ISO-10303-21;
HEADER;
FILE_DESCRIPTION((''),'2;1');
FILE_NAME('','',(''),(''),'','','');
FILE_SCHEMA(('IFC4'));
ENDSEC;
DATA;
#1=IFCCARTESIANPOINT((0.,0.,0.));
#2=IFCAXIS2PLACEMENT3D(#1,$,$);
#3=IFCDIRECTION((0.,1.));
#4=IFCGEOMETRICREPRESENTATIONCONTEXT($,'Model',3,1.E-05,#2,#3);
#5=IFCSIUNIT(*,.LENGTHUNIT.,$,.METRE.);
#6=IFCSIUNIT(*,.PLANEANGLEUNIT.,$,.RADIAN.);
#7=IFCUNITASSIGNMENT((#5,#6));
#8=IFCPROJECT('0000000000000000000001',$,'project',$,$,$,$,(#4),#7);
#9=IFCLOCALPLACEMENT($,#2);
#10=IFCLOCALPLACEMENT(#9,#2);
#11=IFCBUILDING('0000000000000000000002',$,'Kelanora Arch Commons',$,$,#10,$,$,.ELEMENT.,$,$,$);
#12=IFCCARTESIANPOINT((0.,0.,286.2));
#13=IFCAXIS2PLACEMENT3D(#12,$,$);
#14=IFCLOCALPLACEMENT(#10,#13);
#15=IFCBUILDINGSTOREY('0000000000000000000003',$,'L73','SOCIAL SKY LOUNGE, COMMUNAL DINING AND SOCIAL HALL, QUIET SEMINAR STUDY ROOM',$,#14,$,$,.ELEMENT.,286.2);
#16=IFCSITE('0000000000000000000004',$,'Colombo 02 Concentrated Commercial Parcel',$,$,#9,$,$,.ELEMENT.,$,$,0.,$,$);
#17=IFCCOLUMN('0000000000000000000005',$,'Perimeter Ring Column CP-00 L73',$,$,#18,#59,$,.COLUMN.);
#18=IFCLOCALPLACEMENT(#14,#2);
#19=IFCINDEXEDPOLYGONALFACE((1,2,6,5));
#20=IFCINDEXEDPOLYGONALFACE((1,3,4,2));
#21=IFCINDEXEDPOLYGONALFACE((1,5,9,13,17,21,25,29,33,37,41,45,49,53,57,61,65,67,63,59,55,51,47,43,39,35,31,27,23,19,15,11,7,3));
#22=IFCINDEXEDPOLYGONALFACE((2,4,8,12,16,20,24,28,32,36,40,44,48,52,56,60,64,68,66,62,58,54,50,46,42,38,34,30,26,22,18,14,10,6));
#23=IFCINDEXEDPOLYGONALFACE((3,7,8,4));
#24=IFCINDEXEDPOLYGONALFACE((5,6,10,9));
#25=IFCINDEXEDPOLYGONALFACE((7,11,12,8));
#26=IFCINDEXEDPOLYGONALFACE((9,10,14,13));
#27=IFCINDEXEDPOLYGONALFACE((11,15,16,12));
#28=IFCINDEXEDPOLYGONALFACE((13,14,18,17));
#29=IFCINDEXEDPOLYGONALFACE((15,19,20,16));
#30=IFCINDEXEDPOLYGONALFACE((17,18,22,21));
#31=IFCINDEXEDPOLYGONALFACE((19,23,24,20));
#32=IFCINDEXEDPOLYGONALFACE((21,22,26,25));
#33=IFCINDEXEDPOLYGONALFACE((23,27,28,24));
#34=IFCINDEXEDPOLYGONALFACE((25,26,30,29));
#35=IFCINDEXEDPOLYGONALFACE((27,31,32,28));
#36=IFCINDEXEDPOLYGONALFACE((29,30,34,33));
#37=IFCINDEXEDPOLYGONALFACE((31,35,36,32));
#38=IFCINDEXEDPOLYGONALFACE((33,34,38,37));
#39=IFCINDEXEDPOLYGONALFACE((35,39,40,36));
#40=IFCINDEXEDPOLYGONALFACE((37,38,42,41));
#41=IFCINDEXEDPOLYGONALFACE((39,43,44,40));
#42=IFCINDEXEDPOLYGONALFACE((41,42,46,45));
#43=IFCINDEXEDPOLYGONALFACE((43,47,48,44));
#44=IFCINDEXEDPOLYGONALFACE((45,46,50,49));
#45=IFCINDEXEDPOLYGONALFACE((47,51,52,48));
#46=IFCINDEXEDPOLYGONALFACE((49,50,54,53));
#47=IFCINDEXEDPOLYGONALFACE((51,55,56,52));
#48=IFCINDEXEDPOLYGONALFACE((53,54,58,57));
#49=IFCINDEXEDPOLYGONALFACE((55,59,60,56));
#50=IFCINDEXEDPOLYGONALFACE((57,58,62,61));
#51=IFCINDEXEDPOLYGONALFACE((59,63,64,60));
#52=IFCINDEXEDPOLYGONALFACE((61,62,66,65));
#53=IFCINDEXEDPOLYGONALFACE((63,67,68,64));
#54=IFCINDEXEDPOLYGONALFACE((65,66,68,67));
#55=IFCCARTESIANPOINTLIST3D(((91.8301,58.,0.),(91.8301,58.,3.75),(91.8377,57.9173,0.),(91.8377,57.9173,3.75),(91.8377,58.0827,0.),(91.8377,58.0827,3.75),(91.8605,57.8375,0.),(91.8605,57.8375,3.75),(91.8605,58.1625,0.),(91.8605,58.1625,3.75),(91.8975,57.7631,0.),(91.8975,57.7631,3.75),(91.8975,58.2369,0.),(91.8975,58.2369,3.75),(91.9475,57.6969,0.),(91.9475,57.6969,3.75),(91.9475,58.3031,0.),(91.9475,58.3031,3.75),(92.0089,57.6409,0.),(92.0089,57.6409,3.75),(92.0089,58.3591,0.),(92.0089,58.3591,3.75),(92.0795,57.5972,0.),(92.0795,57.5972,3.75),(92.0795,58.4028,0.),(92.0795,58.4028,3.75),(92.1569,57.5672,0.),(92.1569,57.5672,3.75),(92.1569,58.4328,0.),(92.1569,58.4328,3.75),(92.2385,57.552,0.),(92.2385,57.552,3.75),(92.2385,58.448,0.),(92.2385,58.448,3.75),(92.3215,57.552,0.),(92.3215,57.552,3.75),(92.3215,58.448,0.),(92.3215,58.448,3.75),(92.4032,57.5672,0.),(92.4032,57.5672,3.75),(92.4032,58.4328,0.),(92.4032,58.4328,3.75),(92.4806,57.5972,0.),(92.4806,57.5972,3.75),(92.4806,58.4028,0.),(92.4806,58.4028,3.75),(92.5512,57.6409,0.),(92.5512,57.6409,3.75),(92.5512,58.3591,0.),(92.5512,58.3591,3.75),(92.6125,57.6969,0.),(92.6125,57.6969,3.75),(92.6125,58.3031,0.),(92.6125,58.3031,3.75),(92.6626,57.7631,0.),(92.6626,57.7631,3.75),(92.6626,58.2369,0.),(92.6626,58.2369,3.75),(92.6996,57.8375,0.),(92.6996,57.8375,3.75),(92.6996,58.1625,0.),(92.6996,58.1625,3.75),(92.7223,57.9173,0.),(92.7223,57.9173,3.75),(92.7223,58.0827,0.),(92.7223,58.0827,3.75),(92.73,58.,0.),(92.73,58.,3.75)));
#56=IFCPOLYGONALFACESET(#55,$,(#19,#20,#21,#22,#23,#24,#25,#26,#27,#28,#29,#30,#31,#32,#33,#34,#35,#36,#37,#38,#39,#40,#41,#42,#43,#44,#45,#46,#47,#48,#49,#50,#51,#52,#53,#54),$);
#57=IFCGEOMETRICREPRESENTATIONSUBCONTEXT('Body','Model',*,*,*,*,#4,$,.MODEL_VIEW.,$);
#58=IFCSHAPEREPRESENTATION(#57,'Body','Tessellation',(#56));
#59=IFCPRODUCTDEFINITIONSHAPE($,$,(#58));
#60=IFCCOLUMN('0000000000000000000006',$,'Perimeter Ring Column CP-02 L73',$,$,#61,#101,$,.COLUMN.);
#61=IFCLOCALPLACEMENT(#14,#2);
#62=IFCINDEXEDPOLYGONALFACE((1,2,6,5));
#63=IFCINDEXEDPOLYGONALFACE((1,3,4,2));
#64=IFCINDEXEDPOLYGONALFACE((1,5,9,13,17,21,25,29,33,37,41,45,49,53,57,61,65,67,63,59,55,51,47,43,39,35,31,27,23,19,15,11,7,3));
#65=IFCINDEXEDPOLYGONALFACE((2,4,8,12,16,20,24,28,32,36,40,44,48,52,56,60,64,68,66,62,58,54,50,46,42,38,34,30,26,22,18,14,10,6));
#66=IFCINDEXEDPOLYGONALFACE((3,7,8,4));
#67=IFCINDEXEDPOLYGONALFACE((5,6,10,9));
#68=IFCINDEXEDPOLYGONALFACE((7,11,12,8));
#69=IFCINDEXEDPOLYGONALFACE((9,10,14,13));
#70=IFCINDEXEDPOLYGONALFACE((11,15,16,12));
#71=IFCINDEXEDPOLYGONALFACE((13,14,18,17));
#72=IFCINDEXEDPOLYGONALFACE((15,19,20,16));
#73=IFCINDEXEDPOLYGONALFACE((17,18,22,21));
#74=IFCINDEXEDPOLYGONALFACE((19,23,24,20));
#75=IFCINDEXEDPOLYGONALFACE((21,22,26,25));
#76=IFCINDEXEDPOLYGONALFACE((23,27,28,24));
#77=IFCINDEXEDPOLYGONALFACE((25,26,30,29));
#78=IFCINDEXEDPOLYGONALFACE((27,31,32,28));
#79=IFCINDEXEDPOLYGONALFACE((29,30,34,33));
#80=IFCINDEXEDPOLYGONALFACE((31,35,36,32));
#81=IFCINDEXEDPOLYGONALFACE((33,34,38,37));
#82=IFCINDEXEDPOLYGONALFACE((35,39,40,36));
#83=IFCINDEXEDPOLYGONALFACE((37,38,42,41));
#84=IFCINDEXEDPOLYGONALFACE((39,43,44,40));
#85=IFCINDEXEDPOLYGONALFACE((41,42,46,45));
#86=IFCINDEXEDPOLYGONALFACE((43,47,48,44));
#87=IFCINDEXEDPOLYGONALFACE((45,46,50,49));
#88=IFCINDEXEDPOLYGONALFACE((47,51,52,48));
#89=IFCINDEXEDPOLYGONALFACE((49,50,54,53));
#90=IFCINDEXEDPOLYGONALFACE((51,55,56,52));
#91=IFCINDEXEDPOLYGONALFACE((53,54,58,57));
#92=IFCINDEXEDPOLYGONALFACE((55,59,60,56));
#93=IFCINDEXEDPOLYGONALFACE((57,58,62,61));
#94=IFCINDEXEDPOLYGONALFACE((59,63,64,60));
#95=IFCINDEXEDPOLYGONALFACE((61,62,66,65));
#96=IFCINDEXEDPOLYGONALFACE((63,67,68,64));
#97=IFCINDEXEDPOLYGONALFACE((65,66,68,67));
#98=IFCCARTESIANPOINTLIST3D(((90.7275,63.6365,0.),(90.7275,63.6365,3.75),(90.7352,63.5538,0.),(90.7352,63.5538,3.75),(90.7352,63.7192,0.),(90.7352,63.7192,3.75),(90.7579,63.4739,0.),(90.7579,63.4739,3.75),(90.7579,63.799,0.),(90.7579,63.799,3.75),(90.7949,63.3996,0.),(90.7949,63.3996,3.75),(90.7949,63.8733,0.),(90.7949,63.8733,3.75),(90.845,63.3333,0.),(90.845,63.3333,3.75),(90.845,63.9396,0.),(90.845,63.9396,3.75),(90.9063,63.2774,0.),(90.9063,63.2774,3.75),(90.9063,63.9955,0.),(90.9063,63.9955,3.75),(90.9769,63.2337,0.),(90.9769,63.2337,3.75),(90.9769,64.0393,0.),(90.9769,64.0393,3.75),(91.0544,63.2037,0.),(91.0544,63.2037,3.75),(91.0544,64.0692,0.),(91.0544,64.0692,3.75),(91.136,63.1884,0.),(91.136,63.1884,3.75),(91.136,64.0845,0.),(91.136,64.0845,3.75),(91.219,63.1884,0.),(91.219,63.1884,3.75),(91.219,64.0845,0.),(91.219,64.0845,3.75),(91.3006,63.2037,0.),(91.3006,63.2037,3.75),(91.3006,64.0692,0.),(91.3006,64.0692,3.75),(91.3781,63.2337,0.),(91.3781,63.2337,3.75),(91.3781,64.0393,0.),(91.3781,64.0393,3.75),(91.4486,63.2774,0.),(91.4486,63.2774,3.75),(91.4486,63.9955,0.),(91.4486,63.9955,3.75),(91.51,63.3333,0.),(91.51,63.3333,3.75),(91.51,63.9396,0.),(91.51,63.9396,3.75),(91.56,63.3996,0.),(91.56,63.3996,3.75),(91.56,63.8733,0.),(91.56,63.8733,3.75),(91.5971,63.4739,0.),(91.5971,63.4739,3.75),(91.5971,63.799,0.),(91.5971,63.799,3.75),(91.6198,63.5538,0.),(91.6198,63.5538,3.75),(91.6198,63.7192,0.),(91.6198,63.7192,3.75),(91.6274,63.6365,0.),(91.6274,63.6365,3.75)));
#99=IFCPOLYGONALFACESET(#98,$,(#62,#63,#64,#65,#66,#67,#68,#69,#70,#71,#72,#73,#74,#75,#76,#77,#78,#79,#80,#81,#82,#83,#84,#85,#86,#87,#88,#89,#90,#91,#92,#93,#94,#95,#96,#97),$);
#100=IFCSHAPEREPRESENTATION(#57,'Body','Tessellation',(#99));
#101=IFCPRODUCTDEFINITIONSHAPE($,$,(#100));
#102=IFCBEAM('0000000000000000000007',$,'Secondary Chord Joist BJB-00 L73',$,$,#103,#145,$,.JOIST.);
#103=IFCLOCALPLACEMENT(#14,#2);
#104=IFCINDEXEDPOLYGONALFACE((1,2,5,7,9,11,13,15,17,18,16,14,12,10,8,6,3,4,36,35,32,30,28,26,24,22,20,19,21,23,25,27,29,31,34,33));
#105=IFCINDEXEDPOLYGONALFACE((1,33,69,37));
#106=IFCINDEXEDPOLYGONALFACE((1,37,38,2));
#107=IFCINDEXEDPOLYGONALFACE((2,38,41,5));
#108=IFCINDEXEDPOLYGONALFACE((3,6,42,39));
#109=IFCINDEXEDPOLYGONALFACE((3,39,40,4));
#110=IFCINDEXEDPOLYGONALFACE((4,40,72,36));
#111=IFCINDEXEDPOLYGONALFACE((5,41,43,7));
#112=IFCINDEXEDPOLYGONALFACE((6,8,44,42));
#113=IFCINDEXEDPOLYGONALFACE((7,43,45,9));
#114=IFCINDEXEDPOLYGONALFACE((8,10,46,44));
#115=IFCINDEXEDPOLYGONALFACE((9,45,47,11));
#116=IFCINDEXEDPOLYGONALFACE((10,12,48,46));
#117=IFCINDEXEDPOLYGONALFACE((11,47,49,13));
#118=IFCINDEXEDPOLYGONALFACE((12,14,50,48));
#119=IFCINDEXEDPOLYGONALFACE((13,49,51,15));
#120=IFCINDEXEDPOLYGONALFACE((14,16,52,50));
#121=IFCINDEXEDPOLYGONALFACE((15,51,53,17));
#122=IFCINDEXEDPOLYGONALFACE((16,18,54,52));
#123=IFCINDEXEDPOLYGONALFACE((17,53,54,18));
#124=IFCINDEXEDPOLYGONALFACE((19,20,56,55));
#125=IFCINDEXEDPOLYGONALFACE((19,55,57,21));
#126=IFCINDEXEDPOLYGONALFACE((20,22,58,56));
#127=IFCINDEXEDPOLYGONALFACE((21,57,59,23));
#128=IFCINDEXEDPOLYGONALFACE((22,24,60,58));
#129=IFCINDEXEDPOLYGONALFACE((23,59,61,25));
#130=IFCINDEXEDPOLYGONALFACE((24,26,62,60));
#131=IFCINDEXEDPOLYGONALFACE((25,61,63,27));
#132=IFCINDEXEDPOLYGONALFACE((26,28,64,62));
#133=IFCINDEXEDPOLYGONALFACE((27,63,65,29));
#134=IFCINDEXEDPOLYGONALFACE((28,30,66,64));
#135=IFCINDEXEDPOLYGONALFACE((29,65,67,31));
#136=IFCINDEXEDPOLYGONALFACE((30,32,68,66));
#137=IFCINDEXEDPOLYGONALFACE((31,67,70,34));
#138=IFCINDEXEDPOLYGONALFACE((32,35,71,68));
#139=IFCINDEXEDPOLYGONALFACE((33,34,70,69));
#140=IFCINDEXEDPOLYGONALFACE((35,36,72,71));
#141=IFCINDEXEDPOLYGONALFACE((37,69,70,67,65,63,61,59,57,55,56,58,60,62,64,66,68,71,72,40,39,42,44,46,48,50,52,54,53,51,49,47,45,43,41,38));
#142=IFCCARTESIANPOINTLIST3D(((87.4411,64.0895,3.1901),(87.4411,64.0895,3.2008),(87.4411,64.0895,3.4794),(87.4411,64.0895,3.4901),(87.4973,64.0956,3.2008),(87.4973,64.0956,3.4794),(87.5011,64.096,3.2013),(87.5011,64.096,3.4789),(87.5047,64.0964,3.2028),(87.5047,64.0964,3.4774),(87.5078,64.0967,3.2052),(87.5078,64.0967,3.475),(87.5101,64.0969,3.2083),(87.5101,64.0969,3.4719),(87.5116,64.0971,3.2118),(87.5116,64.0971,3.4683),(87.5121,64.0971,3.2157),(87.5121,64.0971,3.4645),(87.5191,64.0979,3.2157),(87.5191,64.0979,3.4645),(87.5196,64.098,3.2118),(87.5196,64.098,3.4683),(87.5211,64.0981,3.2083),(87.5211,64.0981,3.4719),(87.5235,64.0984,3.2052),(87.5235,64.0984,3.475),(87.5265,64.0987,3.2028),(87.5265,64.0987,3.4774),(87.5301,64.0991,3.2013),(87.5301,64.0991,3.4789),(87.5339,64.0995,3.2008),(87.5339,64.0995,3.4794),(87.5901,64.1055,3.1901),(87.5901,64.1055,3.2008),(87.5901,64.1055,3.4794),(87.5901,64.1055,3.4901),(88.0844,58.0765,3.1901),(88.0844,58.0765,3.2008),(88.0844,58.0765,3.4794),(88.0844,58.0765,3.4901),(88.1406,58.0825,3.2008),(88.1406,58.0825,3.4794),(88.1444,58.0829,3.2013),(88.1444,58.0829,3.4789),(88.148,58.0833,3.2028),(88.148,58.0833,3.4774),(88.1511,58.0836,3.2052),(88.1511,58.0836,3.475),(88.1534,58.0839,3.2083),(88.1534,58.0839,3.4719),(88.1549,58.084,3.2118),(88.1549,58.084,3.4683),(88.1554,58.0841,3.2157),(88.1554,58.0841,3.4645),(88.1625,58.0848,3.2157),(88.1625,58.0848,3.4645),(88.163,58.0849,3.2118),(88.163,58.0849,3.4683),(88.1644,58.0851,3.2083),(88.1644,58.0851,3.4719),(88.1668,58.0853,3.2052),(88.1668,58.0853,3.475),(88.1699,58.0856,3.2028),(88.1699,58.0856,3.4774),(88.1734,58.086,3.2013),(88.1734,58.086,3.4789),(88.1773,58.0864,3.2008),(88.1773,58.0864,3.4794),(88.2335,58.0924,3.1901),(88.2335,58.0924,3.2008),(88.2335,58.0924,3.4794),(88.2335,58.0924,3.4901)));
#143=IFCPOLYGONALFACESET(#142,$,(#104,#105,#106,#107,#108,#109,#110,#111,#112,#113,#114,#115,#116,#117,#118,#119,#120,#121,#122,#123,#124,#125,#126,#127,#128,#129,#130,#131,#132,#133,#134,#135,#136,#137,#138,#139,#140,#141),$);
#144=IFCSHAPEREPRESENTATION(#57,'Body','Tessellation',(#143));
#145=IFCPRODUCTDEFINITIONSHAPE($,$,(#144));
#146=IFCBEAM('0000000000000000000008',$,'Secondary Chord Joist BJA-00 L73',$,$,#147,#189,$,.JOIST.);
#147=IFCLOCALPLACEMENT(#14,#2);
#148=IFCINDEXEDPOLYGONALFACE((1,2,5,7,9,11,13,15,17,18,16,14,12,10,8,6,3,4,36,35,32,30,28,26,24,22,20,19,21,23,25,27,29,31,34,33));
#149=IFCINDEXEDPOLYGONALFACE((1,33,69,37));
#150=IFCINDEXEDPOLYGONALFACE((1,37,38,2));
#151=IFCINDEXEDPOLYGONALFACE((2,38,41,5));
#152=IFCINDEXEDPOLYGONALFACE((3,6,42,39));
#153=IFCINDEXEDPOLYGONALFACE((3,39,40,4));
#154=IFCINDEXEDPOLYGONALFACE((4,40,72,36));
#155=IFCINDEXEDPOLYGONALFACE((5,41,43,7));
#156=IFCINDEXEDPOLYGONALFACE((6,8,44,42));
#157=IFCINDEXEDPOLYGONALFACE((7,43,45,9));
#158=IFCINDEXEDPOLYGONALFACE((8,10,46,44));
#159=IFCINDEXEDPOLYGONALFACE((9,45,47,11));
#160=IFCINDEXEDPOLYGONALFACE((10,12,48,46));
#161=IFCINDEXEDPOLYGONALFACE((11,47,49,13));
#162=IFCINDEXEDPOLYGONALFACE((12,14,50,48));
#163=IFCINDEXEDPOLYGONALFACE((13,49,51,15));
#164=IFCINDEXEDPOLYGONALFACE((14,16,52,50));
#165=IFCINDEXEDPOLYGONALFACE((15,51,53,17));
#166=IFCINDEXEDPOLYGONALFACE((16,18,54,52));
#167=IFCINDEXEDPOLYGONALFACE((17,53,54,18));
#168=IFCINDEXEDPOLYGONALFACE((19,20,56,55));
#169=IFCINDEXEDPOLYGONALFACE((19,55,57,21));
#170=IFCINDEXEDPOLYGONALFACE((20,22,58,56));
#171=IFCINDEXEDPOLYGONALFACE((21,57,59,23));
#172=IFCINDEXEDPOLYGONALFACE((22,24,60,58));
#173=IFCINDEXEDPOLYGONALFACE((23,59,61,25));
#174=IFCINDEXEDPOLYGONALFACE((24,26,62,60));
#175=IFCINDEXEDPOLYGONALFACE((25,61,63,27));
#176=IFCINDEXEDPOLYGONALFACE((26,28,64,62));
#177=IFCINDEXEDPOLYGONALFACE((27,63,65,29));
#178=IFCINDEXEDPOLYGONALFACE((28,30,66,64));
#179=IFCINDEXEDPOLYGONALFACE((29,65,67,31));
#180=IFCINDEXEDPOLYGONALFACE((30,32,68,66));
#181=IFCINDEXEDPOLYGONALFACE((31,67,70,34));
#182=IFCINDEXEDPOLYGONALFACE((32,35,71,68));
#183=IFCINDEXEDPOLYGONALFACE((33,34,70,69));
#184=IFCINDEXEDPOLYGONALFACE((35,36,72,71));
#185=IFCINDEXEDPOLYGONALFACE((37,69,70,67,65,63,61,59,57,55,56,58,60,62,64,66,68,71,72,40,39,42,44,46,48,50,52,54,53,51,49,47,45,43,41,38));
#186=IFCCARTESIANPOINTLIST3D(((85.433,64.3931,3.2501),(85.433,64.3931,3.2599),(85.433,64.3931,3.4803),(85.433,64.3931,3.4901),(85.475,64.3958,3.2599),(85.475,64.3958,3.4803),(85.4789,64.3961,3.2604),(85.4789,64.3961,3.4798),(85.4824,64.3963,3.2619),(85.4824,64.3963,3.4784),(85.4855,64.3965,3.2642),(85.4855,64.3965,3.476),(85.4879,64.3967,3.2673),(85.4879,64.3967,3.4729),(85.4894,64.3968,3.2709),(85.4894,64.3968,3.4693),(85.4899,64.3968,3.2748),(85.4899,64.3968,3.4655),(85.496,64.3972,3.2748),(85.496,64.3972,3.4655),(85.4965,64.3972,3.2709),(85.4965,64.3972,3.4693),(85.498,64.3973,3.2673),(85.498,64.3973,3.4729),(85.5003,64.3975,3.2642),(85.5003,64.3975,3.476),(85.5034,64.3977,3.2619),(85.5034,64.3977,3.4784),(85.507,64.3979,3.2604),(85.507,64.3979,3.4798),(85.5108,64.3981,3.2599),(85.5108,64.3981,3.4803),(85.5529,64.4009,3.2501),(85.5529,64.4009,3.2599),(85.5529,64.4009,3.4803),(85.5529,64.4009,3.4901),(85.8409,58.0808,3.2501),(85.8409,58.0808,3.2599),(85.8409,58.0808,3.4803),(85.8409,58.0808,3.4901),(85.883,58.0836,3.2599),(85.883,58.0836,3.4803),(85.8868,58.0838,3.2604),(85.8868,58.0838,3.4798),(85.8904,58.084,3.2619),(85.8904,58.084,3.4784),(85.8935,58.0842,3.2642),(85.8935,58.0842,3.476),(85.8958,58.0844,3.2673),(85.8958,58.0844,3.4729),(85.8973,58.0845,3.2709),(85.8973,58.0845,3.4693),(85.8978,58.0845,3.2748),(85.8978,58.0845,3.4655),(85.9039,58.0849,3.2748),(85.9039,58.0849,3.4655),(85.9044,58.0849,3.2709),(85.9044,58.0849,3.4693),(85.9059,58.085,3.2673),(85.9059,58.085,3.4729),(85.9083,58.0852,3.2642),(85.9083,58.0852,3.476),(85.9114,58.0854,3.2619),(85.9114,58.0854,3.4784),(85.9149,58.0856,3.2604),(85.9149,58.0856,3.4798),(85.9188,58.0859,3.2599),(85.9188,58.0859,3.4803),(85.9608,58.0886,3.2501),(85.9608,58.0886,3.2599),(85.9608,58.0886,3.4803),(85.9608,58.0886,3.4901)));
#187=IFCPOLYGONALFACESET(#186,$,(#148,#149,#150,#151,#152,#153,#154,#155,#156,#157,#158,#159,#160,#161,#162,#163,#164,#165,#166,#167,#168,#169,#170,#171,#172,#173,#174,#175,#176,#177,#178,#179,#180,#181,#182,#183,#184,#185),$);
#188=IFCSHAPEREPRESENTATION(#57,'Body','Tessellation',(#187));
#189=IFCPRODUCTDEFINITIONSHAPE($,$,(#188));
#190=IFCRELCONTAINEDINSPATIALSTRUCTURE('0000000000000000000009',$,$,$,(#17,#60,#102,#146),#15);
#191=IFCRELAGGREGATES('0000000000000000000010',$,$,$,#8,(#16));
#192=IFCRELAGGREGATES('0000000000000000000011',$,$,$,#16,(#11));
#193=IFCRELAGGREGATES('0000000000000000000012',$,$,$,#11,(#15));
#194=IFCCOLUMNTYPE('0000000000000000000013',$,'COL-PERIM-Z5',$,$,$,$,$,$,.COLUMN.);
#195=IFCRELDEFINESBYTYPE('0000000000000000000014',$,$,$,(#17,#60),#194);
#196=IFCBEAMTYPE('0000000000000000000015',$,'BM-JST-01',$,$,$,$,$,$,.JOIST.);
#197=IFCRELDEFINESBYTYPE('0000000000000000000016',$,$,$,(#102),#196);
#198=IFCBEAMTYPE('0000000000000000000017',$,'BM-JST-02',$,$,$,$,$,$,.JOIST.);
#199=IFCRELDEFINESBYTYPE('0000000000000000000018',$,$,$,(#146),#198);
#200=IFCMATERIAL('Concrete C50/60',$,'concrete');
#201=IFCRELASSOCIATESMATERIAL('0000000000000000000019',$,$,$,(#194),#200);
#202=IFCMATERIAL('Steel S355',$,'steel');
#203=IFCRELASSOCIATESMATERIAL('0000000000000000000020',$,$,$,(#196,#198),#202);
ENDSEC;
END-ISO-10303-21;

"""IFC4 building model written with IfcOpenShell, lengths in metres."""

from ifc_helpers import new_model, si_unit, direction, frame, origin, origin_2d, place, context, subcontext, project, spatial, circle, i_section, extrude, material, material_profile, profile_set, type_object, element, save


model = new_model("IFC4")

# Units and contexts
model_context = context("Model", 3, precision=1e-05, world=origin(), true_north=direction((0.0, 1.0)))
body_context = subcontext(model_context, "Body", "Model", "MODEL_VIEW")
ifc_project = project(units=[si_unit("LENGTHUNIT", "METRE"), si_unit("PLANEANGLEUNIT", "RADIAN")], contexts=[model_context])

# Site, building, storey
site_placement = place(None, origin())
site = spatial("IfcSite", under=ifc_project, at=site_placement, Name="Colombo 02 Concentrated Commercial Parcel", CompositionType="ELEMENT", RefElevation=0.0)
building_placement = place(site_placement, origin())
building = spatial("IfcBuilding", under=site, at=building_placement, Name="Kelanora Arch Commons", CompositionType="ELEMENT")
storey_placement = place(building_placement, frame((0.0, 0.0, 286.2)))
storey = spatial("IfcBuildingStorey", under=building, at=storey_placement, Name="L73", Description="SOCIAL SKY LOUNGE, COMMUNAL DINING AND SOCIAL HALL, QUIET SEMINAR STUDY ROOM", CompositionType="ELEMENT", Elevation=286.2)

# Columns
ifc_material_1 = material(Name="Concrete C50/60", Category="concrete")
ifc_material_profile_1 = material_profile(ifc_material_1, circle(Radius=0.45, at=origin_2d()), Name="RCC900")
ifc_profile_set_1 = profile_set([ifc_material_profile_1], Name="Concrete C50/60")
column_type = type_object("IfcColumnType", Name="COL-PERIM-Z5", PredefinedType="COLUMN", material=ifc_profile_set_1)
for number, where, z_axis, x_axis, name in (
    (1, (92.28, 58.0, 0.0), (0.0, 0.0, 1.0), (1.0, 0.0, 0.0), "Perimeter Ring Column CP-00 L73"),
    (2, (91.1775, 63.6365, 0.0), (0.0, 0.0, 1.0), (1.0, 0.0, 0.0), "Perimeter Ring Column CP-02 L73"),
):
    element("IfcColumn", number, at=place(storey_placement, frame(where, z_axis=z_axis, x_axis=x_axis)), inside=storey, type_object=column_type, Name=name, PredefinedType="COLUMN", context=body_context, shape_type="SweptSolid", body=[
        extrude(circle(Radius=0.45, at=origin_2d()), origin(), (0.0, 0.0, 1.0), 3.75),
    ])

# Beams
ifc_material_2 = material(Name="Steel S355", Category="steel")
ifc_material_profile_2 = material_profile(ifc_material_2, i_section(OverallWidth=0.1499, OverallDepth=0.3, WebThickness=0.0071, FlangeThickness=0.0107, FilletRadius=0.0149, at=origin_2d()), Name="IPE300")
ifc_profile_set_2 = profile_set([ifc_material_profile_2], Name="Steel S355")
beam_type_1 = type_object("IfcBeamType", Name="BM-JST-01", PredefinedType="JOIST", material=ifc_profile_set_2)
beam_1_placement = place(storey_placement, frame((88.1589, 58.0845, 3.3401), z_axis=(-0.106381, 0.994325, 0.0), x_axis=(-0.994325, -0.106381, 0.0)))
element("IfcBeam", 3, at=beam_1_placement, inside=storey, type_object=beam_type_1, Name="Secondary Chord Joist BJB-00 L73", PredefinedType="JOIST", context=body_context, shape_type="SweptSolid", body=[
    extrude(i_section(OverallWidth=0.1499, OverallDepth=0.3, WebThickness=0.0071, FlangeThickness=0.0107, FilletRadius=0.0149, at=origin_2d()), origin(), (0.0, 0.0, 1.0), 6.0474),
])
ifc_material_profile_3 = material_profile(ifc_material_2, i_section(OverallWidth=0.1201, OverallDepth=0.24, WebThickness=0.0061, FlangeThickness=0.0098, FilletRadius=0.0149, at=origin_2d()), Name="IPE240")
ifc_profile_set_3 = profile_set([ifc_material_profile_3], Name="Steel S355")
beam_type_2 = type_object("IfcBeamType", Name="BM-JST-02", PredefinedType="JOIST", material=ifc_profile_set_3)
beam_2_placement = place(storey_placement, frame((85.9009, 58.0847, 3.3701), z_axis=(-0.064495, 0.997918, 0.0), x_axis=(-0.997918, -0.064495, 0.0)))
element("IfcBeam", 4, at=beam_2_placement, inside=storey, type_object=beam_type_2, Name="Secondary Chord Joist BJA-00 L73", PredefinedType="JOIST", context=body_context, shape_type="SweptSolid", body=[
    extrude(i_section(OverallWidth=0.1201, OverallDepth=0.24, WebThickness=0.0061, FlangeThickness=0.0098, FilletRadius=0.0149, at=origin_2d()), origin(), (0.0, 0.0, 1.0), 6.3254),
])

save(model, "model.ifc")
